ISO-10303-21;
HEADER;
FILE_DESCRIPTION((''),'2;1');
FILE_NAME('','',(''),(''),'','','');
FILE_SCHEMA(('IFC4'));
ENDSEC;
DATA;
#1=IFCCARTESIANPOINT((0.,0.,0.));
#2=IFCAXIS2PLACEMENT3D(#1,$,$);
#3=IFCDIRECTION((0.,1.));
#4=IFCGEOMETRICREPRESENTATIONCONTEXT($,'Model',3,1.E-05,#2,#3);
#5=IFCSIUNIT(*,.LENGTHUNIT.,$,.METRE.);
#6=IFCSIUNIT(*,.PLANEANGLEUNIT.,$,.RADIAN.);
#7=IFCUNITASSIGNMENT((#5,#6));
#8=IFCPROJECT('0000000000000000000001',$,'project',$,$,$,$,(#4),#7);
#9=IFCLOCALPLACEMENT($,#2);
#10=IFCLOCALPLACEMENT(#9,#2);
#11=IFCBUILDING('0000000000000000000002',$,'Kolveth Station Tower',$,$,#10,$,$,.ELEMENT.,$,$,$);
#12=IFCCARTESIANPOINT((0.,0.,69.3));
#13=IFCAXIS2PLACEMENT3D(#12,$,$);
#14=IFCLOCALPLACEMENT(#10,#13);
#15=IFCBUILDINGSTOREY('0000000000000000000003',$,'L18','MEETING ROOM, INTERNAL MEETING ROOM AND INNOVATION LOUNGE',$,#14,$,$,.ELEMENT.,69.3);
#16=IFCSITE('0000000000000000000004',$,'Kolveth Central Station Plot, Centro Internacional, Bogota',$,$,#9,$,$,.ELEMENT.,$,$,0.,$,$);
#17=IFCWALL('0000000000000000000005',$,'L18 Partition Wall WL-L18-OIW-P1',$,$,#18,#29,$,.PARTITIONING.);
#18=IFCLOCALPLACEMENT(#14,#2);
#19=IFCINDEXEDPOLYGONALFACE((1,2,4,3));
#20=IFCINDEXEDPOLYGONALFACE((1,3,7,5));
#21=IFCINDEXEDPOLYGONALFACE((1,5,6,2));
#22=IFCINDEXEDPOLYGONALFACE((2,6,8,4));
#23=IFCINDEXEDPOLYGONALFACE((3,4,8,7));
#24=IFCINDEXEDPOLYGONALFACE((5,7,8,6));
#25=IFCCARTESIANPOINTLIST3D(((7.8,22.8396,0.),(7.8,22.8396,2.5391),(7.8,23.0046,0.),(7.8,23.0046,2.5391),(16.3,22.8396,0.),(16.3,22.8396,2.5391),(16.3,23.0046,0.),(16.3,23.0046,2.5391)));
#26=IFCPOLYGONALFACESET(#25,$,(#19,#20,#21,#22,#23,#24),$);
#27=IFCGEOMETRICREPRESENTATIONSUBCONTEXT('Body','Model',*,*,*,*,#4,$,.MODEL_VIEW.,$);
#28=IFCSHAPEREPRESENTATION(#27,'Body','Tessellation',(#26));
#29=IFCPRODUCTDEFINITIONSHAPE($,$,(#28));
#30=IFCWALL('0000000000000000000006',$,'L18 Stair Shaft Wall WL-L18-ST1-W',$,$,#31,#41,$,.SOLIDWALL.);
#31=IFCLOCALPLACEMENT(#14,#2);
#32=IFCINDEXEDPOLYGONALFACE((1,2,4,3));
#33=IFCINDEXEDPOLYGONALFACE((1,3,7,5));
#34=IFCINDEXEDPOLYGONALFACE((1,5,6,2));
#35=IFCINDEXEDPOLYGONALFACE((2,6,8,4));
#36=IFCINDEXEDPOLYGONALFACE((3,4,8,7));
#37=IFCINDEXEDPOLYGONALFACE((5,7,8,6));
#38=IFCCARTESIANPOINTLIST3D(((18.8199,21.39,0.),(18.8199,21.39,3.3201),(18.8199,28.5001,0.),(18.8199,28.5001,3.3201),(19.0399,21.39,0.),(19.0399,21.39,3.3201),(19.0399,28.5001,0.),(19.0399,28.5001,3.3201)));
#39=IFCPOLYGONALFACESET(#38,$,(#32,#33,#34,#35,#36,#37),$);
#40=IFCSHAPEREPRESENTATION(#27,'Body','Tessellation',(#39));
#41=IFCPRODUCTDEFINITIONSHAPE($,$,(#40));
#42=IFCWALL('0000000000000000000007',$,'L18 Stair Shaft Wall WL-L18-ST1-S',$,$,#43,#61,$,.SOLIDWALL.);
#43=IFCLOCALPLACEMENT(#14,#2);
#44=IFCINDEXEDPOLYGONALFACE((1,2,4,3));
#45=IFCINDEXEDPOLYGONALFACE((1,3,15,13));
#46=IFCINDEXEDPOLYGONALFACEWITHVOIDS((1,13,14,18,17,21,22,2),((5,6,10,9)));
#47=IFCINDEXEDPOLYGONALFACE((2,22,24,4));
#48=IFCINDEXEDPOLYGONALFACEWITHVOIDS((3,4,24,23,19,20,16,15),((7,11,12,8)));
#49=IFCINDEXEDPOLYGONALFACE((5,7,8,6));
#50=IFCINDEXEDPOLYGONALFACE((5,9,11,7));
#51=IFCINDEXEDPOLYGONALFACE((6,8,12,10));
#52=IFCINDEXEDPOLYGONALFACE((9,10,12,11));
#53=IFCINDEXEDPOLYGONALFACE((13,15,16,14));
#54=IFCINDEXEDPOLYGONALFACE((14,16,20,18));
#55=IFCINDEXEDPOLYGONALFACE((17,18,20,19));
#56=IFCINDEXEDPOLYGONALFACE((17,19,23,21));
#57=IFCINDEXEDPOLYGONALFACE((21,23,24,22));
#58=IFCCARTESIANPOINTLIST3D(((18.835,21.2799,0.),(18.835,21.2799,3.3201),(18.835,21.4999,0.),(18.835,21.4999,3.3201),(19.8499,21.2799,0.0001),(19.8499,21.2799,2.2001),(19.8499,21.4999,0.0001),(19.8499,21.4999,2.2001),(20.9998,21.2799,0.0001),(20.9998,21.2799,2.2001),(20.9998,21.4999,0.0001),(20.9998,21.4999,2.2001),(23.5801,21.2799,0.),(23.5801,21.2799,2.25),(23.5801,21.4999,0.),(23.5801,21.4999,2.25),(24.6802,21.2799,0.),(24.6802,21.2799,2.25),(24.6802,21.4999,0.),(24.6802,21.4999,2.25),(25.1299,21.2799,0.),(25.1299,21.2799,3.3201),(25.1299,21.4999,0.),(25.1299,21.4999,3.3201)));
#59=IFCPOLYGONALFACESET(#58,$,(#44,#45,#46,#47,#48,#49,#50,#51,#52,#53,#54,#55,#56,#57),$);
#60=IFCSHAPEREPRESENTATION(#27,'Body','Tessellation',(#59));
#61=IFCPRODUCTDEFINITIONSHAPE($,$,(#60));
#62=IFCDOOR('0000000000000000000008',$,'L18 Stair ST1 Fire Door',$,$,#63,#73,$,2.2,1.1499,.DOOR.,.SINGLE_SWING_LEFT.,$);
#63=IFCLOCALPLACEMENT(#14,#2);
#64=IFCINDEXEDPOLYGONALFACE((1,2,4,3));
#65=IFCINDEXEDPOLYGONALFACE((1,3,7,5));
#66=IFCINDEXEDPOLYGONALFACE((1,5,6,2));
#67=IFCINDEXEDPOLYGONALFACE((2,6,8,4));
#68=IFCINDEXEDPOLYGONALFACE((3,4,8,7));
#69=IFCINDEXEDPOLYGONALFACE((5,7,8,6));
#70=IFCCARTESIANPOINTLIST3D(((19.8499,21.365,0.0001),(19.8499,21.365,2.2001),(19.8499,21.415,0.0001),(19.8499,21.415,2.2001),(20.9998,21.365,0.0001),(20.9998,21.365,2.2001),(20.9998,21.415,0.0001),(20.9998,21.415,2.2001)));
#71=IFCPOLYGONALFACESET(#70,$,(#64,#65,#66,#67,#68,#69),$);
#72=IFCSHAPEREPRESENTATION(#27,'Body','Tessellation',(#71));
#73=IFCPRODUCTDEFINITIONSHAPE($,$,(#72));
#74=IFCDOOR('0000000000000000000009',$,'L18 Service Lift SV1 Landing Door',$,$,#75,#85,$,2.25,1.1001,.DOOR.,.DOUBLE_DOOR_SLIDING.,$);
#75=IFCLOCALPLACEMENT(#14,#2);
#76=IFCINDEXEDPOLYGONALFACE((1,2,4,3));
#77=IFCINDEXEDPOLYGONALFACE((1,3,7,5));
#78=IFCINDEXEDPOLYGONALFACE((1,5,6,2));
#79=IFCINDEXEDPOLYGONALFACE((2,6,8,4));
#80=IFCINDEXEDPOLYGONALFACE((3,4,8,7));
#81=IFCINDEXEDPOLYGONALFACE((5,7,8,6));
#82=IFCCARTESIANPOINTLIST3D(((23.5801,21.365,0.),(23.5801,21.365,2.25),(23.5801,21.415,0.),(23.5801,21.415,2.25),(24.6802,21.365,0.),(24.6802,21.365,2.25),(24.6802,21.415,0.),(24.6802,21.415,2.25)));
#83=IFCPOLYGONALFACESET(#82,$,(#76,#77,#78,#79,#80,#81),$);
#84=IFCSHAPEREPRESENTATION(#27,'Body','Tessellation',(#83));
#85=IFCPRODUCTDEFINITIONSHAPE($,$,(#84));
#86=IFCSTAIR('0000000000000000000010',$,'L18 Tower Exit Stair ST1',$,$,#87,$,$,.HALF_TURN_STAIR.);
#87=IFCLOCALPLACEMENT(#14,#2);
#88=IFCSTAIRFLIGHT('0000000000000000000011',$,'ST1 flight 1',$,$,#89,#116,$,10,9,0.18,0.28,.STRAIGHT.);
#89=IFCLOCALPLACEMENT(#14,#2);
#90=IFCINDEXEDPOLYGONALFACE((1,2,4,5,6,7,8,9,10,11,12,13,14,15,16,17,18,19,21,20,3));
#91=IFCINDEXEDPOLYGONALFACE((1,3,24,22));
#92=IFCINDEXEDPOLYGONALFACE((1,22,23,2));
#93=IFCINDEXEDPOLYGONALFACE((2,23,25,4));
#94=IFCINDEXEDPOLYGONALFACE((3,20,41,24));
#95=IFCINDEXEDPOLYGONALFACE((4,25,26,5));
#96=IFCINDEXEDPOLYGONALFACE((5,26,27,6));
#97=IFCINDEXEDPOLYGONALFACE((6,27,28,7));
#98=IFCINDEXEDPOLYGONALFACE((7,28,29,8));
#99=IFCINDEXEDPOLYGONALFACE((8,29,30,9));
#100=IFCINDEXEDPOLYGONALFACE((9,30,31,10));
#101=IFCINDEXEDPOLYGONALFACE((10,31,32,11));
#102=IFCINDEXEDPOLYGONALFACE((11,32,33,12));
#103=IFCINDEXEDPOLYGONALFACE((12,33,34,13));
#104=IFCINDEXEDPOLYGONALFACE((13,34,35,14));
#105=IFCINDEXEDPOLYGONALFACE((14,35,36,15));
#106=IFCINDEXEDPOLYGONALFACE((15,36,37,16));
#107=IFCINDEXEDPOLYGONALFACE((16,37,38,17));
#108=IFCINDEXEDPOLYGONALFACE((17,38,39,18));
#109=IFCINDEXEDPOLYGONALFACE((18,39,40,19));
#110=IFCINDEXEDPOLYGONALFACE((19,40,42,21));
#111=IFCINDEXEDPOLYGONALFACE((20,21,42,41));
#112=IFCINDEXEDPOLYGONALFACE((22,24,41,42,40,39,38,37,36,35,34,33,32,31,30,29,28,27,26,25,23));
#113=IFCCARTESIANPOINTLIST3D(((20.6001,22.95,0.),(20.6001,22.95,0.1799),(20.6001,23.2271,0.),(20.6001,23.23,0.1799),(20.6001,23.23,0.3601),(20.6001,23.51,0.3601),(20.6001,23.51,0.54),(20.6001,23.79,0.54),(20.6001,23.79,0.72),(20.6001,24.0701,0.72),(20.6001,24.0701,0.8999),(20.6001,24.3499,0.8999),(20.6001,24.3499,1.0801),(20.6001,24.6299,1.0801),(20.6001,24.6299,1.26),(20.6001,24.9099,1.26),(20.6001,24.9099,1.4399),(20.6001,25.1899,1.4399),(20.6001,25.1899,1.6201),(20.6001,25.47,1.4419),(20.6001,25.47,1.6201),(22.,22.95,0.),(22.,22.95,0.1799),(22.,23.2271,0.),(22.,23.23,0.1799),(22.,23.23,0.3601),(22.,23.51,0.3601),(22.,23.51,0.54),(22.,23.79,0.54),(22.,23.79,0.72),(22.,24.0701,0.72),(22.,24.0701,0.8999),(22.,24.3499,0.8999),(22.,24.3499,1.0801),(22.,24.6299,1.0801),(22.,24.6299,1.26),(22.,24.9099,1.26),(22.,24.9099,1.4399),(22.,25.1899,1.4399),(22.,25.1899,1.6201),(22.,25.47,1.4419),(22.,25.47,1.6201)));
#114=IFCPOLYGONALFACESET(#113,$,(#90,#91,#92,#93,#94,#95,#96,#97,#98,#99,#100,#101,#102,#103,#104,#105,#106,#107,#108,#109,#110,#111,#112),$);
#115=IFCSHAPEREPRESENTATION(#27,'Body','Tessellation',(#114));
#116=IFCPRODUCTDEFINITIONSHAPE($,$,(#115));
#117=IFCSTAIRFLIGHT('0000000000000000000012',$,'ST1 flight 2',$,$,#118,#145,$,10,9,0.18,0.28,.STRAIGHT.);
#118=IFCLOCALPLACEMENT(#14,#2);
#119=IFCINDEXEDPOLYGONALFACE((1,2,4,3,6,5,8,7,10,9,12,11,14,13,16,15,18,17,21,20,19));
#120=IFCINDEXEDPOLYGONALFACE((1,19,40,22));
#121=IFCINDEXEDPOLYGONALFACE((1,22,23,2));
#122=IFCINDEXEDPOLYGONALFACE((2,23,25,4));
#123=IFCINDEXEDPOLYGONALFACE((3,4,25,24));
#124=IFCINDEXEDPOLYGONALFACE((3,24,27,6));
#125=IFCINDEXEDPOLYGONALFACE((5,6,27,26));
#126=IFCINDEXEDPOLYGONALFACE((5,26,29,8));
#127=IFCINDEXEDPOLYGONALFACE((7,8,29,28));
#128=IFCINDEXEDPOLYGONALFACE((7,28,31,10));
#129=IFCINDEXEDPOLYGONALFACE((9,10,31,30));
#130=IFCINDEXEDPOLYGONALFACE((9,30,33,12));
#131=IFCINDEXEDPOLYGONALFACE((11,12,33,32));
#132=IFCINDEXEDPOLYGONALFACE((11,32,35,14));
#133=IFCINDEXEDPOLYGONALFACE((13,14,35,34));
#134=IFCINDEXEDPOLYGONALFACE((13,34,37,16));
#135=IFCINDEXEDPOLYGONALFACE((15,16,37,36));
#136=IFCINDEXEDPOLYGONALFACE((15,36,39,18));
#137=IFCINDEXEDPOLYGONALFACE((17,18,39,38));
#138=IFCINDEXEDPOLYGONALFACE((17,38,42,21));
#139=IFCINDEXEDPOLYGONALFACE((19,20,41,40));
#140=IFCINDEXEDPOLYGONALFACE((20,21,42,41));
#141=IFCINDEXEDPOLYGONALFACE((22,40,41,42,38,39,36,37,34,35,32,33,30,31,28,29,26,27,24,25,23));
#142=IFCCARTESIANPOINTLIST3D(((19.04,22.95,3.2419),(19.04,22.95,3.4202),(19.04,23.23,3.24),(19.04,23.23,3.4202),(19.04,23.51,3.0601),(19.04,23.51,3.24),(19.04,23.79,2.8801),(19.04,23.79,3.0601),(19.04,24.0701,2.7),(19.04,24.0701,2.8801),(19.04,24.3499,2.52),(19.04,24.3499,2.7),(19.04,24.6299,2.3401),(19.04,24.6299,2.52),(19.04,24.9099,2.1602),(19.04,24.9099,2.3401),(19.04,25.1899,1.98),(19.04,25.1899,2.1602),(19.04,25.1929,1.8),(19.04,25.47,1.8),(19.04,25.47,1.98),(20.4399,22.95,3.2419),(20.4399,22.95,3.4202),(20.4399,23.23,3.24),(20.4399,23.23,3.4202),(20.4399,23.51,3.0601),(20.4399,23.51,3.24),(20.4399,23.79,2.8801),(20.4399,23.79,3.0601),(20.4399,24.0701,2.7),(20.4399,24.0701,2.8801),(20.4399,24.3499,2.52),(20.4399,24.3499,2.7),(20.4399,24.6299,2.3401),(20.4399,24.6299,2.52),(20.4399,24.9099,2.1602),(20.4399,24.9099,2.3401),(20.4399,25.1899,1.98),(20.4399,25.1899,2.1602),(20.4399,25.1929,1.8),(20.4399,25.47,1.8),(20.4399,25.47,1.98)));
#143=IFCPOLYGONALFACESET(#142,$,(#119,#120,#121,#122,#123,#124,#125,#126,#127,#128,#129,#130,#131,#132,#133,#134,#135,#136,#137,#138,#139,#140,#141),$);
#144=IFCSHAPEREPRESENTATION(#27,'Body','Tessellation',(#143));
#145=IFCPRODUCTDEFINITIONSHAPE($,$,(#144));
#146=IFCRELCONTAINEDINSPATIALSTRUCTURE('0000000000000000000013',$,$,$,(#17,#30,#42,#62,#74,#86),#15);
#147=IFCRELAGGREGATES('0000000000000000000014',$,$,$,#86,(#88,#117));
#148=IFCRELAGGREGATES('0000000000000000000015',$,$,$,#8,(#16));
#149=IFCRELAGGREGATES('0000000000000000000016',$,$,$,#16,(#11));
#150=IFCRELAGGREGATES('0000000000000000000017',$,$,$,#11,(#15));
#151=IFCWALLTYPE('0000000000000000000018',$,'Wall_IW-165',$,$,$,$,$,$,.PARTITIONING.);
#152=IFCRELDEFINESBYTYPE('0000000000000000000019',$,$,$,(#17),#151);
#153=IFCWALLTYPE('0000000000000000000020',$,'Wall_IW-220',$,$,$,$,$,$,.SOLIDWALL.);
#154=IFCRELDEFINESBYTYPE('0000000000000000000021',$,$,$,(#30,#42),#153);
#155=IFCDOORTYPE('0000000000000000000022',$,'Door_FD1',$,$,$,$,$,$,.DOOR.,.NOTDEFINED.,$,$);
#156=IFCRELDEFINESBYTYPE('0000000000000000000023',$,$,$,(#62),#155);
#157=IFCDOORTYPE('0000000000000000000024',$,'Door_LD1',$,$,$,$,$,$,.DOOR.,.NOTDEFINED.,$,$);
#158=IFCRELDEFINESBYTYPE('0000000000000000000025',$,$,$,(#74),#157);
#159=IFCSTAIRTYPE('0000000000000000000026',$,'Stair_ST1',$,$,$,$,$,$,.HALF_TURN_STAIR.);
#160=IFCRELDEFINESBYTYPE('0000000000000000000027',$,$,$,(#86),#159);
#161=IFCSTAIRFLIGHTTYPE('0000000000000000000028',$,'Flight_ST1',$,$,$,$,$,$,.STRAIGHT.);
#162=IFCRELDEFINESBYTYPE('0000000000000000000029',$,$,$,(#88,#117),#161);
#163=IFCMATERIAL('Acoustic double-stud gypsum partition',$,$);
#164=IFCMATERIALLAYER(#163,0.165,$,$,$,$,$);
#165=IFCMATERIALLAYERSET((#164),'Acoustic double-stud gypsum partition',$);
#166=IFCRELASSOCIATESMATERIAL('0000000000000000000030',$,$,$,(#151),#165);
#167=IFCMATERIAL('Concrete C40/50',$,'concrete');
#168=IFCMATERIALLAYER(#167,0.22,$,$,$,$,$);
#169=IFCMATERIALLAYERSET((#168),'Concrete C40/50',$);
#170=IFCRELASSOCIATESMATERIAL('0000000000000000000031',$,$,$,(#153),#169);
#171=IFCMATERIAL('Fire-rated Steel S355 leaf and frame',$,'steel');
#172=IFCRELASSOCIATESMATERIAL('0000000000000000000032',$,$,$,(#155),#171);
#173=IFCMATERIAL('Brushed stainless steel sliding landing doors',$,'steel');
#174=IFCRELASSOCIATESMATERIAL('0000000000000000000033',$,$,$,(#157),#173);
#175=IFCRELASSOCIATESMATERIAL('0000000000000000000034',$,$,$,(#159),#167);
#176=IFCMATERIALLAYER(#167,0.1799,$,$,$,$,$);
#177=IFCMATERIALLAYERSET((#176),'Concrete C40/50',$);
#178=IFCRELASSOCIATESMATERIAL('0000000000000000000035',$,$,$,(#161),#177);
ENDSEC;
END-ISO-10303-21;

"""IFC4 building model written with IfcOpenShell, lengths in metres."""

from ifc_helpers import new_model, si_unit, direction, frame, frame_2d, origin, place, context, subcontext, project, spatial, polyline, rectangle, outline, extrude, material, layer, layer_set, type_object, element, fill, aggregate, save


model = new_model("IFC4")

# Units and contexts
model_context = context("Model", 3, precision=1e-05, world=origin(), true_north=direction((0.0, 1.0)))
body_context = subcontext(model_context, "Body", "Model", "MODEL_VIEW")
ifc_project = project(units=[si_unit("LENGTHUNIT", "METRE"), si_unit("PLANEANGLEUNIT", "RADIAN")], contexts=[model_context])

# Site, building, storey
site_placement = place(None, origin())
site = spatial("IfcSite", under=ifc_project, at=site_placement, Name="Kolveth Central Station Plot, Centro Internacional, Bogota", CompositionType="ELEMENT", RefElevation=0.0)
building_placement = place(site_placement, origin())
building = spatial("IfcBuilding", under=site, at=building_placement, Name="Kolveth Station Tower", CompositionType="ELEMENT")
storey_placement = place(building_placement, frame((0.0, 0.0, 69.3)))
storey = spatial("IfcBuildingStorey", under=building, at=storey_placement, Name="L18", Description="MEETING ROOM, INTERNAL MEETING ROOM AND INNOVATION LOUNGE", CompositionType="ELEMENT", Elevation=69.3)

# Walls
ifc_material_1 = material(Name="Acoustic double-stud gypsum partition")
ifc_layer_1 = layer(ifc_material_1, 0.165)
ifc_layer_set_1 = layer_set([ifc_layer_1], Name="Acoustic double-stud gypsum partition")
wall_type_1 = type_object("IfcWallType", Name="Wall_IW-165", PredefinedType="PARTITIONING", material=ifc_layer_set_1)
wall_1_placement = place(storey_placement, frame((7.8, 22.9221, 0.0), z_axis=(0.0, 0.0, 1.0), x_axis=(1.0, 0.0, 0.0)))
element("IfcWall", 1, at=wall_1_placement, inside=storey, type_object=wall_type_1, Name="L18 Partition Wall WL-L18-OIW-P1", PredefinedType="PARTITIONING", context=body_context, shape_type="SweptSolid", body=[
    extrude(rectangle(XDim=8.5, YDim=0.165, at=frame_2d((4.25, 0.0))), origin(), (0.0, 0.0, 1.0), 2.5391),
])
ifc_material_2 = material(Name="Concrete C40/50", Category="concrete")
ifc_layer_2 = layer(ifc_material_2, 0.22)
ifc_layer_set_2 = layer_set([ifc_layer_2], Name="Concrete C40/50")
wall_type_2 = type_object("IfcWallType", Name="Wall_IW-220", PredefinedType="SOLIDWALL", material=ifc_layer_set_2)
wall_2_placement = place(storey_placement, frame((18.9299, 21.3899, 0.0), z_axis=(0.0, 0.0, 1.0), x_axis=(0.0, 1.0, 0.0)))
element("IfcWall", 2, at=wall_2_placement, inside=storey, type_object=wall_type_2, Name="L18 Stair Shaft Wall WL-L18-ST1-W", PredefinedType="SOLIDWALL", context=body_context, shape_type="SweptSolid", body=[
    extrude(rectangle(XDim=7.1101, YDim=0.22, at=frame_2d((3.5552, 0.0))), origin(), (0.0, 0.0, 1.0), 3.3201),
])

# Wall, openings, doors
wall_3_placement = place(storey_placement, frame((18.835, 21.3899, 0.0), z_axis=(0.0, 0.0, 1.0), x_axis=(1.0, 0.0, 0.0)))
wall_3 = element("IfcWall", 3, at=wall_3_placement, inside=storey, type_object=wall_type_2, Name="L18 Stair Shaft Wall WL-L18-ST1-S", PredefinedType="SOLIDWALL", context=body_context, shape_type="SweptSolid", body=[
    extrude(rectangle(XDim=6.2949, YDim=0.22, at=frame_2d((3.1475, 0.0))), origin(), (0.0, 0.0, 1.0), 3.3201),
])
opening_1_placement = place(wall_3_placement, frame((1.0149, 0.0, 0.0)))
opening_1 = element("IfcOpeningElement", 4, at=opening_1_placement, cuts=wall_3, PredefinedType="OPENING", context=body_context, shape_type="SweptSolid", body=[
    extrude(rectangle(XDim=1.1499, YDim=2.2, at=frame_2d((0.575, 1.1001))), frame((0.0, 0.1199, 0.0), z_axis=(0.0, -1.0, 0.0), x_axis=(1.0, 0.0, 0.0)), (0.0, 0.0, 1.0), 0.24),
])
opening_2_placement = place(wall_3_placement, frame((4.7451, 0.0, 0.0)))
opening_2 = element("IfcOpeningElement", 5, at=opening_2_placement, cuts=wall_3, PredefinedType="OPENING", context=body_context, shape_type="SweptSolid", body=[
    extrude(rectangle(XDim=1.1001, YDim=2.25, at=frame_2d((0.55, 1.125))), frame((0.0, 0.1199, 0.0), z_axis=(0.0, -1.0, 0.0), x_axis=(1.0, 0.0, 0.0)), (0.0, 0.0, 1.0), 0.24),
])
ifc_material_3 = material(Name="Fire-rated Steel S355 leaf and frame", Category="steel")
door_type_1 = type_object("IfcDoorType", Name="Door_FD1", OperationType="NOTDEFINED", PredefinedType="DOOR", material=ifc_material_3)
door_1_placement = place(opening_1_placement, frame((1.1499, 0.0, 0.0), z_axis=(0.0, 0.0, 1.0), x_axis=(-1.0, 0.0, 0.0)))
door_1 = element("IfcDoor", 6, at=door_1_placement, inside=storey, type_object=door_type_1, Name="L18 Stair ST1 Fire Door", OperationType="SINGLE_SWING_LEFT", OverallHeight=2.2, OverallWidth=1.1499, PredefinedType="DOOR", context=body_context, shape_type="SweptSolid", body=[
    extrude(rectangle(XDim=1.1499, YDim=2.2, at=frame_2d((0.575, 1.1001))), frame((0.0, 0.0249, 0.0), z_axis=(0.0, -1.0, 0.0), x_axis=(1.0, 0.0, 0.0)), (0.0, 0.0, 1.0), 0.05),
])
fill(opening_1, door_1)
ifc_material_4 = material(Name="Brushed stainless steel sliding landing doors", Category="steel")
door_type_2 = type_object("IfcDoorType", Name="Door_LD1", OperationType="NOTDEFINED", PredefinedType="DOOR", material=ifc_material_4)
door_2_placement = place(opening_2_placement, frame((1.1001, 0.0, 0.0), z_axis=(0.0, 0.0, 1.0), x_axis=(-1.0, 0.0, 0.0)))
door_2 = element("IfcDoor", 7, at=door_2_placement, inside=storey, type_object=door_type_2, Name="L18 Service Lift SV1 Landing Door", OperationType="DOUBLE_DOOR_SLIDING", OverallHeight=2.25, OverallWidth=1.1001, PredefinedType="DOOR", context=body_context, shape_type="SweptSolid", body=[
    extrude(rectangle(XDim=1.1001, YDim=2.25, at=frame_2d((0.55, 1.125))), frame((0.0, 0.0249, 0.0), z_axis=(0.0, -1.0, 0.0), x_axis=(1.0, 0.0, 0.0)), (0.0, 0.0, 1.0), 0.05),
])
fill(opening_2, door_2)

# Stair, stair flights
stair_type = type_object("IfcStairType", Name="Stair_ST1", PredefinedType="HALF_TURN_STAIR", material=ifc_material_2)
stair_placement = place(storey_placement, origin())
stair = element("IfcStair", 8, at=stair_placement, inside=storey, type_object=stair_type, Name="L18 Tower Exit Stair ST1", PredefinedType="HALF_TURN_STAIR")
ifc_layer_3 = layer(ifc_material_2, 0.1799)
ifc_layer_set_3 = layer_set([ifc_layer_3], Name="Concrete C40/50")
stair_flight_type = type_object("IfcStairFlightType", Name="Flight_ST1", PredefinedType="STRAIGHT", material=ifc_layer_set_3)
stair_flight_1_placement = place(storey_placement, frame((21.3, 22.95, 0.0), z_axis=(0.0, 0.0, 1.0), x_axis=(0.0, 1.0, 0.0)))
stair_flight_1 = element("IfcStairFlight", 9, at=stair_flight_1_placement, type_object=stair_flight_type, Name="ST1 flight 1", NumberOfRisers=10, NumberOfTreads=9, PredefinedType="STRAIGHT", RiserHeight=0.18, TreadLength=0.28, context=body_context, shape_type="SweptSolid", body=[
    extrude(outline(polyline([(0.0, 0.0), (0.0, 0.1799), (0.28, 0.1799), (0.28, 0.3601), (0.5601, 0.3601), (0.5601, 0.54), (0.8401, 0.54), (0.8401, 0.72), (1.1201, 0.72), (1.1201, 0.8999), (1.3999, 0.8999), (1.3999, 1.0801), (1.6799, 1.0801), (1.6799, 1.26), (1.96, 1.26), (1.96, 1.4399), (2.24, 1.4399), (2.24, 1.6201), (2.52, 1.6201), (2.52, 1.8), (2.52, 1.4419), (0.2771, 0.0), (0.0, 0.0)])), frame((0.0, 0.7, 0.0), z_axis=(0.0, -1.0, 0.0), x_axis=(1.0, 0.0, 0.0)), (0.0, 0.0, 1.0), 1.3999),
])
stair_flight_2_placement = place(storey_placement, frame((19.74, 25.47, 1.8), z_axis=(0.0, 0.0, 1.0), x_axis=(0.0, -1.0, 0.0)))
stair_flight_2 = element("IfcStairFlight", 10, at=stair_flight_2_placement, type_object=stair_flight_type, Name="ST1 flight 2", NumberOfRisers=10, NumberOfTreads=9, PredefinedType="STRAIGHT", RiserHeight=0.18, TreadLength=0.28, context=body_context, shape_type="SweptSolid", body=[
    extrude(outline(polyline([(0.0, 0.0), (0.0, 0.1799), (0.28, 0.1799), (0.28, 0.3601), (0.5601, 0.3601), (0.5601, 0.54), (0.8401, 0.54), (0.8401, 0.72), (1.1201, 0.72), (1.1201, 0.8999), (1.3999, 0.8999), (1.3999, 1.0801), (1.6799, 1.0801), (1.6799, 1.26), (1.96, 1.26), (1.96, 1.4399), (2.24, 1.4399), (2.24, 1.6201), (2.52, 1.6201), (2.52, 1.8), (2.52, 1.4419), (0.2771, 0.0), (0.0, 0.0)])), frame((0.0, 0.7, 0.0), z_axis=(0.0, -1.0, 0.0), x_axis=(1.0, 0.0, 0.0)), (0.0, 0.0, 1.0), 1.3999),
])
aggregate(stair, [stair_flight_1, stair_flight_2])

save(model, "model.ifc")
